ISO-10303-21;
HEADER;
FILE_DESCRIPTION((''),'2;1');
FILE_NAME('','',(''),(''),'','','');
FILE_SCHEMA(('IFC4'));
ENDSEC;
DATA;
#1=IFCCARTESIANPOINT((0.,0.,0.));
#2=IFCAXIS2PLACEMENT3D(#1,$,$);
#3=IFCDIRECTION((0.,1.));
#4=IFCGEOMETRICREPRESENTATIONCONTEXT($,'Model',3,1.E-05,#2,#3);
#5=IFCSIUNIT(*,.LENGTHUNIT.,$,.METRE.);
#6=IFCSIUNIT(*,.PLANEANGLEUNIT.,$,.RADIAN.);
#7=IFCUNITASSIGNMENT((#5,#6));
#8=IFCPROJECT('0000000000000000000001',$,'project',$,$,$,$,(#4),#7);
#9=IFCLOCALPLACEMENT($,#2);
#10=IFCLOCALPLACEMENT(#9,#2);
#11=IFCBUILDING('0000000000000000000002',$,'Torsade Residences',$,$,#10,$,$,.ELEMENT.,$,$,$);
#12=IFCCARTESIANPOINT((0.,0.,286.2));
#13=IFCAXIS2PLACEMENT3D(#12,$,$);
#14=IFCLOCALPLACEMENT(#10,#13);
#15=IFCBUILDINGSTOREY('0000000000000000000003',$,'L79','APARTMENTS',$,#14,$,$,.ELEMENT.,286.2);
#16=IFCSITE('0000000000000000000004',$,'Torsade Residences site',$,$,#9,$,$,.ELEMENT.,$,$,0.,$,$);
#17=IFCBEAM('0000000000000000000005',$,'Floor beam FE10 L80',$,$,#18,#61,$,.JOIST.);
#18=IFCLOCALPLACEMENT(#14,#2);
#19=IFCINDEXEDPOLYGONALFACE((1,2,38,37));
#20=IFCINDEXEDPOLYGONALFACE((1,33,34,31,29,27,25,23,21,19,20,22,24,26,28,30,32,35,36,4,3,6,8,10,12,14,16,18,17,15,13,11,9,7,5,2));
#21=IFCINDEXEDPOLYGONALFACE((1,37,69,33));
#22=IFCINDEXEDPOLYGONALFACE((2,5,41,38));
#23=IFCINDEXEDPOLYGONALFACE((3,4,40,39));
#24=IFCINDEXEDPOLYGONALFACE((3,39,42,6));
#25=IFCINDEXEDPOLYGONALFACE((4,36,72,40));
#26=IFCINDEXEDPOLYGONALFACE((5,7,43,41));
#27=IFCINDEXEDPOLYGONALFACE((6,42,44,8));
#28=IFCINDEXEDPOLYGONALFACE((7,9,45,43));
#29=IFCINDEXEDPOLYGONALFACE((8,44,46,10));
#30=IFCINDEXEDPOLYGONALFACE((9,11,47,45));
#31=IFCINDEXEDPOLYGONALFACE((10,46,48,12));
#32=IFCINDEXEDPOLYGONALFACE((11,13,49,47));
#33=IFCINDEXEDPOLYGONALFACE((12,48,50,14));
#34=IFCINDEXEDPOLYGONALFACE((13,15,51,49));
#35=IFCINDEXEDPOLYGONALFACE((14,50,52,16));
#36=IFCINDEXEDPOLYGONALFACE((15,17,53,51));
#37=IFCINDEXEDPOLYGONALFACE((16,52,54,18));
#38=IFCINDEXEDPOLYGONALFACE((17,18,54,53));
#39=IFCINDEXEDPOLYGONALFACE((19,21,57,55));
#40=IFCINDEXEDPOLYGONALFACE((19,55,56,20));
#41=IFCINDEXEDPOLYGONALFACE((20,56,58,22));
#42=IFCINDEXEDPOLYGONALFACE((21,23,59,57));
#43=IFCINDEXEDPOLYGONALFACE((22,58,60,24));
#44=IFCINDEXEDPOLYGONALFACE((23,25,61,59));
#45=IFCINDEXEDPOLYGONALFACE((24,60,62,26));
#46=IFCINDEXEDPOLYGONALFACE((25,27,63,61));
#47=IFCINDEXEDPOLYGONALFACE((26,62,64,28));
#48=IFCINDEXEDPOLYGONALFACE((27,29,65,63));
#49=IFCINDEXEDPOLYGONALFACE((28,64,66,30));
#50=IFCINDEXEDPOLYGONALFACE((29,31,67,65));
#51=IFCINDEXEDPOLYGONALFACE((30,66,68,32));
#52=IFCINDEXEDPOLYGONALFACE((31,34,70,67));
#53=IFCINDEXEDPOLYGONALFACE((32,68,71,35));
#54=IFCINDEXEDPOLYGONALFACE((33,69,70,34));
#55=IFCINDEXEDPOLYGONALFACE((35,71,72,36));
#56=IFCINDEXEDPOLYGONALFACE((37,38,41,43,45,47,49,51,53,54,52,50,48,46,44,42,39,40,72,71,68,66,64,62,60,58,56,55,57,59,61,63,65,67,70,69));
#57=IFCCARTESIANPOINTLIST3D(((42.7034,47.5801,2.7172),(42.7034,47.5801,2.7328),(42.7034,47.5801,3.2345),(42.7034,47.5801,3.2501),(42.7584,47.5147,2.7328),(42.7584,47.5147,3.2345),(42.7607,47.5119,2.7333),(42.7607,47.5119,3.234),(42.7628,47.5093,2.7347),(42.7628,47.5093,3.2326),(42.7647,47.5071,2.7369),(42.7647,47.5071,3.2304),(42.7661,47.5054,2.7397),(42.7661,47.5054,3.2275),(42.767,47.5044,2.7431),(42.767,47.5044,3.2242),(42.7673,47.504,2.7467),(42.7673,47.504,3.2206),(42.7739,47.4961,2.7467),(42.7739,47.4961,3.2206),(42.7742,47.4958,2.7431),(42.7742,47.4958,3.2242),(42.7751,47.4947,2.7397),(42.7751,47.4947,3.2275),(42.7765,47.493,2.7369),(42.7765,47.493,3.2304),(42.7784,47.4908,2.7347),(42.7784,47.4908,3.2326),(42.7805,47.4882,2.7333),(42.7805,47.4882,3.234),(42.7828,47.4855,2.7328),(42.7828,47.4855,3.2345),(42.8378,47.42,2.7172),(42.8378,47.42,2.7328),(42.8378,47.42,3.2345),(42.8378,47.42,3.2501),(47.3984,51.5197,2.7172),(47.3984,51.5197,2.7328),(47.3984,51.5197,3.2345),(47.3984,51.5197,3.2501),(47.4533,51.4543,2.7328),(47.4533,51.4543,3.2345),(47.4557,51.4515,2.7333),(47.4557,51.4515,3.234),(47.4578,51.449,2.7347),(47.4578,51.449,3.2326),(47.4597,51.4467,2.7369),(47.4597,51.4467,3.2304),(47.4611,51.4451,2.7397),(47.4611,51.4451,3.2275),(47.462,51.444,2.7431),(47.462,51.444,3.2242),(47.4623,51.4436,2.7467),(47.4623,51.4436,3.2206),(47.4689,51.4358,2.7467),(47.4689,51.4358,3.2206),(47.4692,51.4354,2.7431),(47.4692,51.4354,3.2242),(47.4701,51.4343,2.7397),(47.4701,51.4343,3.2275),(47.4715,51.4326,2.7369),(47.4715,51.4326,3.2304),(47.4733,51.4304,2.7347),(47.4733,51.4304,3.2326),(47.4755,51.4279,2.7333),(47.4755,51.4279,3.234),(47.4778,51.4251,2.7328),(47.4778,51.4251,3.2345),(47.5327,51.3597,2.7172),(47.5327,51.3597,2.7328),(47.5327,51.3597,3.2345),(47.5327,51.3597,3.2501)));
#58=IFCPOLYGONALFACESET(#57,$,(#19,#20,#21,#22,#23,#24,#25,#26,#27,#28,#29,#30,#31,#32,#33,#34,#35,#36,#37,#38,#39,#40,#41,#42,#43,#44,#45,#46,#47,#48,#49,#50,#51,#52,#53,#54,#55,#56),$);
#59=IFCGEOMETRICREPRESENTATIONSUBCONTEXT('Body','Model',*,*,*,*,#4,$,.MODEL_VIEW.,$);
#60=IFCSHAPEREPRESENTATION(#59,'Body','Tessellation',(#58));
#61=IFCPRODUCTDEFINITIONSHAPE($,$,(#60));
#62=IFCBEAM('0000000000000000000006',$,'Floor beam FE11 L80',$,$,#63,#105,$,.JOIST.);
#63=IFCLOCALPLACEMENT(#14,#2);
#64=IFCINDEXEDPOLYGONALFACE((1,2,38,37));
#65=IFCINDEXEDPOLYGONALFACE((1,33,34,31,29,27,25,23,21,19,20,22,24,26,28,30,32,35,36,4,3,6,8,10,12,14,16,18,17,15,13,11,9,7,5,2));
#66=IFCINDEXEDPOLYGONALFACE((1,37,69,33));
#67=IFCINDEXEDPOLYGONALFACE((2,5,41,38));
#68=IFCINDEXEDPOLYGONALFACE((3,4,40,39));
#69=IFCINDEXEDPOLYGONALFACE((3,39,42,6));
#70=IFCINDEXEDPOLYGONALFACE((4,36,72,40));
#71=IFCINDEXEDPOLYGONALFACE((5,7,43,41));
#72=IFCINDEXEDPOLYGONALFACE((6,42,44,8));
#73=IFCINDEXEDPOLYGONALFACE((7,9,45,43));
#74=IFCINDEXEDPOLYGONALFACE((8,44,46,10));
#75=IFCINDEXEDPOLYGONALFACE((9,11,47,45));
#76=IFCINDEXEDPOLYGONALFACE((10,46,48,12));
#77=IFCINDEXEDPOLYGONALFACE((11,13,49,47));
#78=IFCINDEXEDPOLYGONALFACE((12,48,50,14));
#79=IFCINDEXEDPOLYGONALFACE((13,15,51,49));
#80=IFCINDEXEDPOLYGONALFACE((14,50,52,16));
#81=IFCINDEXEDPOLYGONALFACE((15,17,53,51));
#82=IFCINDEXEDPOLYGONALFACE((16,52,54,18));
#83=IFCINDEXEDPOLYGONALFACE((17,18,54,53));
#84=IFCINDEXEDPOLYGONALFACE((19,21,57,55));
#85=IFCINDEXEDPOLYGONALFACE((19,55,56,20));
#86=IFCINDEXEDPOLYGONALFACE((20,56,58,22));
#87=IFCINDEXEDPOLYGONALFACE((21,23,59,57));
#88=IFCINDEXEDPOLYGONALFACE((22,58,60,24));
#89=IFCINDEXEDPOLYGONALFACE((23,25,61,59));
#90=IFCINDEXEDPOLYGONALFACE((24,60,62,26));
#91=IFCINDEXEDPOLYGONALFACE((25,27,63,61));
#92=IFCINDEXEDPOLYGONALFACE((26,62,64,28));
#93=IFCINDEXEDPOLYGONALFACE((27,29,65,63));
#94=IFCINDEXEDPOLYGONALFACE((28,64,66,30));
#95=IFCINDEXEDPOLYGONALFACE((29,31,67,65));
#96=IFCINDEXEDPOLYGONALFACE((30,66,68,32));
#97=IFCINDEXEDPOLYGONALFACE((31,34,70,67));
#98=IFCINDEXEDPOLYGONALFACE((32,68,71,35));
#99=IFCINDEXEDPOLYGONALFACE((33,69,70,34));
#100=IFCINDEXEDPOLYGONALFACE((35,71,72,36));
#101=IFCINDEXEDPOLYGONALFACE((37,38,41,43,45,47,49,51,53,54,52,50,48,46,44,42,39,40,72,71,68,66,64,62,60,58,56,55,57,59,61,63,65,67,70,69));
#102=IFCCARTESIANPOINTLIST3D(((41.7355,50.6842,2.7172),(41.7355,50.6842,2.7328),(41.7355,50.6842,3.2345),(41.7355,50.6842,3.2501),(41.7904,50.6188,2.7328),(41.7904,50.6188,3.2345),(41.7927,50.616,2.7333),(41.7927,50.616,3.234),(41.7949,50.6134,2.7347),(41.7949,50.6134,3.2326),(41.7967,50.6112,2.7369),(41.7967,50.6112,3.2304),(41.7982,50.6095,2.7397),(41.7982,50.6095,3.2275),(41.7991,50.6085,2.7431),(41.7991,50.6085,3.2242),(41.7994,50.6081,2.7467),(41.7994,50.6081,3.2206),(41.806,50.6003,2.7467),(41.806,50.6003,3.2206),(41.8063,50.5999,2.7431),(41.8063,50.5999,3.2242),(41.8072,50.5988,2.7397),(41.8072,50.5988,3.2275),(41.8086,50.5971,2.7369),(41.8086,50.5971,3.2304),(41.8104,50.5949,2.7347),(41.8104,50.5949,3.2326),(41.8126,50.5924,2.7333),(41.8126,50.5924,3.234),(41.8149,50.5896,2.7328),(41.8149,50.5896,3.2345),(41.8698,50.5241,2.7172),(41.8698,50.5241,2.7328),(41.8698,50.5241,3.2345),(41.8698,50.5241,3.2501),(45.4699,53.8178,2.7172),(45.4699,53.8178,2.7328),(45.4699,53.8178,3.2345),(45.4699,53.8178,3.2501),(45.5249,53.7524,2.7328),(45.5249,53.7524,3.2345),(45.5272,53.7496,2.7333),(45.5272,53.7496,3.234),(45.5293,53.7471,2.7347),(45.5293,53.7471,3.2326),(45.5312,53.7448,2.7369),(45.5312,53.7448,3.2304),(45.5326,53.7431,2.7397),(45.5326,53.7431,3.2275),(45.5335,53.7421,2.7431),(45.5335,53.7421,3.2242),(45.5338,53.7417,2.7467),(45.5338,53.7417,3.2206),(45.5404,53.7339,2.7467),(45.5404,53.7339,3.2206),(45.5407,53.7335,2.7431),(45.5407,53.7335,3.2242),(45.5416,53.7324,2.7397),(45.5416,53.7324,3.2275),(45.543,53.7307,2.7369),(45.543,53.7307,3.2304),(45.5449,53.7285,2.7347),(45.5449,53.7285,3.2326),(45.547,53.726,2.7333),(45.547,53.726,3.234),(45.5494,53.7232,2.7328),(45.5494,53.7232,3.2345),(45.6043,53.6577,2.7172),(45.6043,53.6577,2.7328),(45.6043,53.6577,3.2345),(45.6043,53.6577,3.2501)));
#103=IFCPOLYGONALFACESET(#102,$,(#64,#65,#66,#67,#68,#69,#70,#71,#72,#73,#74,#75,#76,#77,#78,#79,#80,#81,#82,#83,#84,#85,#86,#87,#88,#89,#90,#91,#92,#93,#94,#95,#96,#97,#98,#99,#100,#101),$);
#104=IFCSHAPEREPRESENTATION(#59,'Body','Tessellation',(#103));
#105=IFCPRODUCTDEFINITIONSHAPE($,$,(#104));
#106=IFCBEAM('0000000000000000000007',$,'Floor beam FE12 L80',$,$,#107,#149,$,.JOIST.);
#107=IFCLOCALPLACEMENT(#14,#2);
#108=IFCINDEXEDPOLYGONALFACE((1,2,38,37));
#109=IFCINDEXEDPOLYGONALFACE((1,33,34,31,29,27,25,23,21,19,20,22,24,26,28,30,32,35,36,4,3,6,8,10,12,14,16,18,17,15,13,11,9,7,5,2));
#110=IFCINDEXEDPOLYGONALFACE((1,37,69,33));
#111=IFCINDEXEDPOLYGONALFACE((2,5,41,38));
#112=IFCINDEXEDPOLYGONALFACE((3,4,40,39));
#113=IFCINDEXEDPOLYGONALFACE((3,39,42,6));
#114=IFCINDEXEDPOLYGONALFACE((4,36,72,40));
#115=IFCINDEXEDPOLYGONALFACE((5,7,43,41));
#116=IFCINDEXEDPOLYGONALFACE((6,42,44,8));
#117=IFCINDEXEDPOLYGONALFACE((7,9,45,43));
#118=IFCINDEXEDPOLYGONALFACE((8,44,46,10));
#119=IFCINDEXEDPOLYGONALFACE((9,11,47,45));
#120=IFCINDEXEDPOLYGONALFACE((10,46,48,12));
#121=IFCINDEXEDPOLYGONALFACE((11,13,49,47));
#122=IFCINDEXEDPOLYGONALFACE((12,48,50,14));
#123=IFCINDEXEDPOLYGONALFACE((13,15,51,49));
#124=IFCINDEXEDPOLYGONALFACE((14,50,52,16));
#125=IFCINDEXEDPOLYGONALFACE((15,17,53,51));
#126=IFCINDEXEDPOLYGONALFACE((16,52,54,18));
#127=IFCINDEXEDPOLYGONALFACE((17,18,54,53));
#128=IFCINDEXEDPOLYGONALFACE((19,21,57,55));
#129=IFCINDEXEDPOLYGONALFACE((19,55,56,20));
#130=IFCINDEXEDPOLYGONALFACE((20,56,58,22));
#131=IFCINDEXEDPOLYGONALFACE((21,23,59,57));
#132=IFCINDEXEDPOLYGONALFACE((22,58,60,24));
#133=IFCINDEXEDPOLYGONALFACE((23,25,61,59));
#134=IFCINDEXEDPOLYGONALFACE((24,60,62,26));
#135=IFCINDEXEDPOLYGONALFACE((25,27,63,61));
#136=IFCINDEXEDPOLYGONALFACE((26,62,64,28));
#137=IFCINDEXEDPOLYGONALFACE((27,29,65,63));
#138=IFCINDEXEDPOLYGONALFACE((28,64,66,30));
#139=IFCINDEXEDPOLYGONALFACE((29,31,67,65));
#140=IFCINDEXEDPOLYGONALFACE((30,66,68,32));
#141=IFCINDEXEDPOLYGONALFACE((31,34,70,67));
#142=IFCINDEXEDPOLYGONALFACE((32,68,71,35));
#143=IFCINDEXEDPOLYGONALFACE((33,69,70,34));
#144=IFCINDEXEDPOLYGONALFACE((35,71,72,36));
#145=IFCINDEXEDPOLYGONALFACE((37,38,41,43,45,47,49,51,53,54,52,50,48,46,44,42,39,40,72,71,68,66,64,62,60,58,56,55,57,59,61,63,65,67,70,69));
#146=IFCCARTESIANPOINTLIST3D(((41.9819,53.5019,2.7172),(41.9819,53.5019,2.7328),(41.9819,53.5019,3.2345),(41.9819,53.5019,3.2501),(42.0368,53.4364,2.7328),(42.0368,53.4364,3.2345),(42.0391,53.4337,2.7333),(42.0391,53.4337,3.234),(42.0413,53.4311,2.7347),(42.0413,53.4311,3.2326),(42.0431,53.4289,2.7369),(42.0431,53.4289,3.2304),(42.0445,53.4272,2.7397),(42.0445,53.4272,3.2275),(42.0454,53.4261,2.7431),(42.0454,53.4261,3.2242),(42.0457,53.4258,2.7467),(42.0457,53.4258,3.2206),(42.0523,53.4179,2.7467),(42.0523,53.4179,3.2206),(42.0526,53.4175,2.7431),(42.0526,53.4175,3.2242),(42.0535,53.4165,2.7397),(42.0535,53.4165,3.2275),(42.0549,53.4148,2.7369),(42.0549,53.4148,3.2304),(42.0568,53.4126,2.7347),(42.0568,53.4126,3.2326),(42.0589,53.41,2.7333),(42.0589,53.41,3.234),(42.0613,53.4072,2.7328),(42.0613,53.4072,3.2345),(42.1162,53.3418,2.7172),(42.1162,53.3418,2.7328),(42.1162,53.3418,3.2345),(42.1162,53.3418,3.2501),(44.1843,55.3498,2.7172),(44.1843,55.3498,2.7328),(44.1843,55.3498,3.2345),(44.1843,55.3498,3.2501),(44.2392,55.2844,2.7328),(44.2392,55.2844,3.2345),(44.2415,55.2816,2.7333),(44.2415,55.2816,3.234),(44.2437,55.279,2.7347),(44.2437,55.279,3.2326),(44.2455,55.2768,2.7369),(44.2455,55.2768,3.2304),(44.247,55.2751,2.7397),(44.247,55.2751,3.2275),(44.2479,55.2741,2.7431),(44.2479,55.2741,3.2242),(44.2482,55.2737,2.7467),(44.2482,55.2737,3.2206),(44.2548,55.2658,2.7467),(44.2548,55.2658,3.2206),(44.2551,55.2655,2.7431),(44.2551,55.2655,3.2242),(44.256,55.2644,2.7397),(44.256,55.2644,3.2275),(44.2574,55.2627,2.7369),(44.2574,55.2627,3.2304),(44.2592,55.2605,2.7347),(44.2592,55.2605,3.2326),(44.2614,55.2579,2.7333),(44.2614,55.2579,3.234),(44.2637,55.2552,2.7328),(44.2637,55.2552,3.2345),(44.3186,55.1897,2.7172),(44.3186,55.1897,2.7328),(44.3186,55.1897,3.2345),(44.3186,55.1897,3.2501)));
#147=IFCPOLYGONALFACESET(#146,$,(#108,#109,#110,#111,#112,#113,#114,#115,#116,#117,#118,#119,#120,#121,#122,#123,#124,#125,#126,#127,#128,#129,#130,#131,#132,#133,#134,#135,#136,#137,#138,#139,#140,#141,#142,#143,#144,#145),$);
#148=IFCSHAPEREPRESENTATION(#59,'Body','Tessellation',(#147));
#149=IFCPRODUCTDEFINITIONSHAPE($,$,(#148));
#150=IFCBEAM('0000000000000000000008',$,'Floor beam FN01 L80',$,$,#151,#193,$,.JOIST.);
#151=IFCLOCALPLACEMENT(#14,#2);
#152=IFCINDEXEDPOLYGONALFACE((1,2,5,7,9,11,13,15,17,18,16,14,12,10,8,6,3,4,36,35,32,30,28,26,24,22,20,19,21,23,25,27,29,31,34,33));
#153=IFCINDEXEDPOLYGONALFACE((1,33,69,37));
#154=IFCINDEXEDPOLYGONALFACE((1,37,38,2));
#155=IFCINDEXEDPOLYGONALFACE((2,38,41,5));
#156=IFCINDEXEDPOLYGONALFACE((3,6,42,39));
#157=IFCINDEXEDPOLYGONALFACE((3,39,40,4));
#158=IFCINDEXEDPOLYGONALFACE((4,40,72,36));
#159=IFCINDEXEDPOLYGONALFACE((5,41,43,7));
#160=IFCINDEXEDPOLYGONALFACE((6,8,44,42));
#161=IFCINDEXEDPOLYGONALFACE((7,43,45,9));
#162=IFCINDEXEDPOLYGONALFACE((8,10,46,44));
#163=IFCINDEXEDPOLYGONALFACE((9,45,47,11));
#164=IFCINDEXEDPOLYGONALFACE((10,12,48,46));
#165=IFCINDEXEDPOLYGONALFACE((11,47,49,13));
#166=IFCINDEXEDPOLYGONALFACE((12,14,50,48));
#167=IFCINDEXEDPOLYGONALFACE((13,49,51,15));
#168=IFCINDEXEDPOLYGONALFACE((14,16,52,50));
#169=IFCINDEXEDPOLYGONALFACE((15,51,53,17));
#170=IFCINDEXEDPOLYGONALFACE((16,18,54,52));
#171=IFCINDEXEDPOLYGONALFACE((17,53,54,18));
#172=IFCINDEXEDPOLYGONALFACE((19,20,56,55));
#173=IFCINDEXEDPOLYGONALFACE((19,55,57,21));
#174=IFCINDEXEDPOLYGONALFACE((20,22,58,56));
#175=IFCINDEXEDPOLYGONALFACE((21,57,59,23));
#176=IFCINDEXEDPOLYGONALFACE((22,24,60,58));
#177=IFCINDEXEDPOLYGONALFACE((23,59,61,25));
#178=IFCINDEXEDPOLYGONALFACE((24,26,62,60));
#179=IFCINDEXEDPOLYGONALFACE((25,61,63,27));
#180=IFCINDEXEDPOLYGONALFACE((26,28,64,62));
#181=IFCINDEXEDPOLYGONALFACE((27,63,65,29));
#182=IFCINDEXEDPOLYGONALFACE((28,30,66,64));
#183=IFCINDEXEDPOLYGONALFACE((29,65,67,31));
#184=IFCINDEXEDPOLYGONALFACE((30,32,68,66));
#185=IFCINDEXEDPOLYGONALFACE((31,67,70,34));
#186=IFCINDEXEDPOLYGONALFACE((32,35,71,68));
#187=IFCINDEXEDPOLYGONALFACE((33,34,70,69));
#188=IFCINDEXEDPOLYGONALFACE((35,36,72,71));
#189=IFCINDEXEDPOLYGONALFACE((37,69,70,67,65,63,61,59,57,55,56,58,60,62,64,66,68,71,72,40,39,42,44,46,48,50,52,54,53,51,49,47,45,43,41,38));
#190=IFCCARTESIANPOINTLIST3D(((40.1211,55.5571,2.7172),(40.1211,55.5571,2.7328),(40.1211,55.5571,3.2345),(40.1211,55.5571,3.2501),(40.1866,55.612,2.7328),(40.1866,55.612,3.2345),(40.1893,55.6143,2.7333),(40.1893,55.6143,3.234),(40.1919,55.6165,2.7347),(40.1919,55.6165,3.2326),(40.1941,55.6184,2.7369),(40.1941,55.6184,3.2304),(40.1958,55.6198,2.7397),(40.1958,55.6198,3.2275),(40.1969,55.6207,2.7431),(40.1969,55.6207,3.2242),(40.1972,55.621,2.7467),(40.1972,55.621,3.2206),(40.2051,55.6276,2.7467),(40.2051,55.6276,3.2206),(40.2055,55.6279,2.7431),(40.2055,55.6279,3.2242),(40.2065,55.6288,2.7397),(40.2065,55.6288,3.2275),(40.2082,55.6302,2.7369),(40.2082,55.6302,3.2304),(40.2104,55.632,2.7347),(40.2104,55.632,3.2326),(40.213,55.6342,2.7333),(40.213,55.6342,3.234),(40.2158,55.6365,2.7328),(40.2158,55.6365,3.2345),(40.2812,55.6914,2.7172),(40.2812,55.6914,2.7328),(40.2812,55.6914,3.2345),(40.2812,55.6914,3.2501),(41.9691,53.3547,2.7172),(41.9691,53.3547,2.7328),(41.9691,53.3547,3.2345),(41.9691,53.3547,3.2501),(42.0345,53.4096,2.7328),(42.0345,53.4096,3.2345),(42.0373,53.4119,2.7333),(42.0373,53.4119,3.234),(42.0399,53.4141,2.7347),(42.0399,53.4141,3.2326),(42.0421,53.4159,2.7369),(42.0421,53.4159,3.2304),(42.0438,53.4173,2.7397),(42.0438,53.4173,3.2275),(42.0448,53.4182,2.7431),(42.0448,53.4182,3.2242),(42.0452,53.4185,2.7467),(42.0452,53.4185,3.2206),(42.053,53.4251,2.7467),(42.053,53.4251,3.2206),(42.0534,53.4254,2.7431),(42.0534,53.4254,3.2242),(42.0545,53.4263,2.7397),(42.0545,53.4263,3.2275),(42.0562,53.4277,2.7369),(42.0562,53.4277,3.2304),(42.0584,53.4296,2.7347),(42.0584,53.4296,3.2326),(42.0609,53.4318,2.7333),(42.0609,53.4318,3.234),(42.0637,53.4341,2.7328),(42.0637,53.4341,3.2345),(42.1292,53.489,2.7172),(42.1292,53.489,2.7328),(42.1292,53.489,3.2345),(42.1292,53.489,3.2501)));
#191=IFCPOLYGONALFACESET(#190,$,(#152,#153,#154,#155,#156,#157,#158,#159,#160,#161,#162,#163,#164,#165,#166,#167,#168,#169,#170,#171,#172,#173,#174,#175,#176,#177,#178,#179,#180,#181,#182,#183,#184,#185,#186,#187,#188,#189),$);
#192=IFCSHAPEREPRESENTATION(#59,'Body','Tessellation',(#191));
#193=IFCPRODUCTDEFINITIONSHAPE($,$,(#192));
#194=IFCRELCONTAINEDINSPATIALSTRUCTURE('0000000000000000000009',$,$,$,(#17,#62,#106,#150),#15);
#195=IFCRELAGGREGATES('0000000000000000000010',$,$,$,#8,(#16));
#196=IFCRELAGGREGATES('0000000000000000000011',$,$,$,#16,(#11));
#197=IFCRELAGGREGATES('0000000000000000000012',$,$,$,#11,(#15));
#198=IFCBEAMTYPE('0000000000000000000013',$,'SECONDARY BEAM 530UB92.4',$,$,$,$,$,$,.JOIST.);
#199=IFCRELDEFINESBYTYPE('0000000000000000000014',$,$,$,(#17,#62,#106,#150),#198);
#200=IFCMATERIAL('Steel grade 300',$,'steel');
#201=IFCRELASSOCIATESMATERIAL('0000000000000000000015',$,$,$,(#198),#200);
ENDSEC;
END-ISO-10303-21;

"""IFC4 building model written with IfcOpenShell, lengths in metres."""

from ifc_helpers import new_model, si_unit, direction, frame, origin, origin_2d, place, context, subcontext, project, spatial, i_section, extrude, material, material_profile, profile_set, type_object, element, save


model = new_model("IFC4")

# Units and contexts
model_context = context("Model", 3, precision=1e-05, world=origin(), true_north=direction((0.0, 1.0)))
body_context = subcontext(model_context, "Body", "Model", "MODEL_VIEW")
ifc_project = project(units=[si_unit("LENGTHUNIT", "METRE"), si_unit("PLANEANGLEUNIT", "RADIAN")], contexts=[model_context])

# Site, building, storey
site_placement = place(None, origin())
site = spatial("IfcSite", under=ifc_project, at=site_placement, Name="Torsade Residences site", CompositionType="ELEMENT", RefElevation=0.0)
building_placement = place(site_placement, origin())
building = spatial("IfcBuilding", under=site, at=building_placement, Name="Torsade Residences", CompositionType="ELEMENT")
storey_placement = place(building_placement, frame((0.0, 0.0, 286.2)))
storey = spatial("IfcBuildingStorey", under=building, at=storey_placement, Name="L79", Description="APARTMENTS", CompositionType="ELEMENT", Elevation=286.2)

# Beams
ifc_material_1 = material(Name="Steel grade 300", Category="steel")
ifc_material_profile_1 = material_profile(ifc_material_1, i_section(OverallWidth=0.209, OverallDepth=0.533, WebThickness=0.0103, FlangeThickness=0.0156, FilletRadius=0.0139, at=origin_2d()), Name="530UB92.4")
ifc_profile_set_1 = profile_set([ifc_material_profile_1], Name="Steel grade 300")
beam_type_1 = type_object("IfcBeamType", Name="SECONDARY BEAM 530UB92.4", PredefinedType="JOIST", material=ifc_profile_set_1)
beam_1_placement = place(storey_placement, frame((47.4656, 51.4397, 2.9836), z_axis=(-0.766039, -0.642794, 0.0), x_axis=(0.642794, -0.766039, 0.0)))
element("IfcBeam", 1, at=beam_1_placement, inside=storey, type_object=beam_type_1, Name="Floor beam FE10 L80", PredefinedType="JOIST", context=body_context, shape_type="SweptSolid", body=[
    extrude(i_section(OverallWidth=0.209, OverallDepth=0.533, WebThickness=0.0103, FlangeThickness=0.0156, FilletRadius=0.0139, at=origin_2d()), origin(), (0.0, 0.0, 1.0), 6.1289),
])
beam_2_placement = place(storey_placement, frame((45.5371, 53.7378, 2.9836), z_axis=(-0.766041, -0.642791, 0.0), x_axis=(0.642791, -0.766041, 0.0)))
element("IfcBeam", 2, at=beam_2_placement, inside=storey, type_object=beam_type_1, Name="Floor beam FE11 L80", PredefinedType="JOIST", context=body_context, shape_type="SweptSolid", body=[
    extrude(i_section(OverallWidth=0.209, OverallDepth=0.533, WebThickness=0.0103, FlangeThickness=0.0156, FilletRadius=0.0139, at=origin_2d()), origin(), (0.0, 0.0, 1.0), 4.875),
])
for number, where, z_axis, x_axis, name in (
    (3, (44.2515, 55.2698, 2.9836), (-0.766066, -0.642762, 0.0), (0.642762, -0.766066, 0.0), "Floor beam FE12 L80"),
    (4, (40.2012, 55.6243, 2.9836), (0.642762, -0.766066, 0.0), (0.766066, 0.642762, 0.0), "Floor beam FN01 L80"),
):
    element("IfcBeam", number, at=place(storey_placement, frame(where, z_axis=z_axis, x_axis=x_axis)), inside=storey, type_object=beam_type_1, Name=name, PredefinedType="JOIST", context=body_context, shape_type="SweptSolid", body=[
        extrude(i_section(OverallWidth=0.209, OverallDepth=0.533, WebThickness=0.0103, FlangeThickness=0.0156, FilletRadius=0.0139, at=origin_2d()), origin(), (0.0, 0.0, 1.0), 2.875),
    ])

save(model, "model.ifc")
